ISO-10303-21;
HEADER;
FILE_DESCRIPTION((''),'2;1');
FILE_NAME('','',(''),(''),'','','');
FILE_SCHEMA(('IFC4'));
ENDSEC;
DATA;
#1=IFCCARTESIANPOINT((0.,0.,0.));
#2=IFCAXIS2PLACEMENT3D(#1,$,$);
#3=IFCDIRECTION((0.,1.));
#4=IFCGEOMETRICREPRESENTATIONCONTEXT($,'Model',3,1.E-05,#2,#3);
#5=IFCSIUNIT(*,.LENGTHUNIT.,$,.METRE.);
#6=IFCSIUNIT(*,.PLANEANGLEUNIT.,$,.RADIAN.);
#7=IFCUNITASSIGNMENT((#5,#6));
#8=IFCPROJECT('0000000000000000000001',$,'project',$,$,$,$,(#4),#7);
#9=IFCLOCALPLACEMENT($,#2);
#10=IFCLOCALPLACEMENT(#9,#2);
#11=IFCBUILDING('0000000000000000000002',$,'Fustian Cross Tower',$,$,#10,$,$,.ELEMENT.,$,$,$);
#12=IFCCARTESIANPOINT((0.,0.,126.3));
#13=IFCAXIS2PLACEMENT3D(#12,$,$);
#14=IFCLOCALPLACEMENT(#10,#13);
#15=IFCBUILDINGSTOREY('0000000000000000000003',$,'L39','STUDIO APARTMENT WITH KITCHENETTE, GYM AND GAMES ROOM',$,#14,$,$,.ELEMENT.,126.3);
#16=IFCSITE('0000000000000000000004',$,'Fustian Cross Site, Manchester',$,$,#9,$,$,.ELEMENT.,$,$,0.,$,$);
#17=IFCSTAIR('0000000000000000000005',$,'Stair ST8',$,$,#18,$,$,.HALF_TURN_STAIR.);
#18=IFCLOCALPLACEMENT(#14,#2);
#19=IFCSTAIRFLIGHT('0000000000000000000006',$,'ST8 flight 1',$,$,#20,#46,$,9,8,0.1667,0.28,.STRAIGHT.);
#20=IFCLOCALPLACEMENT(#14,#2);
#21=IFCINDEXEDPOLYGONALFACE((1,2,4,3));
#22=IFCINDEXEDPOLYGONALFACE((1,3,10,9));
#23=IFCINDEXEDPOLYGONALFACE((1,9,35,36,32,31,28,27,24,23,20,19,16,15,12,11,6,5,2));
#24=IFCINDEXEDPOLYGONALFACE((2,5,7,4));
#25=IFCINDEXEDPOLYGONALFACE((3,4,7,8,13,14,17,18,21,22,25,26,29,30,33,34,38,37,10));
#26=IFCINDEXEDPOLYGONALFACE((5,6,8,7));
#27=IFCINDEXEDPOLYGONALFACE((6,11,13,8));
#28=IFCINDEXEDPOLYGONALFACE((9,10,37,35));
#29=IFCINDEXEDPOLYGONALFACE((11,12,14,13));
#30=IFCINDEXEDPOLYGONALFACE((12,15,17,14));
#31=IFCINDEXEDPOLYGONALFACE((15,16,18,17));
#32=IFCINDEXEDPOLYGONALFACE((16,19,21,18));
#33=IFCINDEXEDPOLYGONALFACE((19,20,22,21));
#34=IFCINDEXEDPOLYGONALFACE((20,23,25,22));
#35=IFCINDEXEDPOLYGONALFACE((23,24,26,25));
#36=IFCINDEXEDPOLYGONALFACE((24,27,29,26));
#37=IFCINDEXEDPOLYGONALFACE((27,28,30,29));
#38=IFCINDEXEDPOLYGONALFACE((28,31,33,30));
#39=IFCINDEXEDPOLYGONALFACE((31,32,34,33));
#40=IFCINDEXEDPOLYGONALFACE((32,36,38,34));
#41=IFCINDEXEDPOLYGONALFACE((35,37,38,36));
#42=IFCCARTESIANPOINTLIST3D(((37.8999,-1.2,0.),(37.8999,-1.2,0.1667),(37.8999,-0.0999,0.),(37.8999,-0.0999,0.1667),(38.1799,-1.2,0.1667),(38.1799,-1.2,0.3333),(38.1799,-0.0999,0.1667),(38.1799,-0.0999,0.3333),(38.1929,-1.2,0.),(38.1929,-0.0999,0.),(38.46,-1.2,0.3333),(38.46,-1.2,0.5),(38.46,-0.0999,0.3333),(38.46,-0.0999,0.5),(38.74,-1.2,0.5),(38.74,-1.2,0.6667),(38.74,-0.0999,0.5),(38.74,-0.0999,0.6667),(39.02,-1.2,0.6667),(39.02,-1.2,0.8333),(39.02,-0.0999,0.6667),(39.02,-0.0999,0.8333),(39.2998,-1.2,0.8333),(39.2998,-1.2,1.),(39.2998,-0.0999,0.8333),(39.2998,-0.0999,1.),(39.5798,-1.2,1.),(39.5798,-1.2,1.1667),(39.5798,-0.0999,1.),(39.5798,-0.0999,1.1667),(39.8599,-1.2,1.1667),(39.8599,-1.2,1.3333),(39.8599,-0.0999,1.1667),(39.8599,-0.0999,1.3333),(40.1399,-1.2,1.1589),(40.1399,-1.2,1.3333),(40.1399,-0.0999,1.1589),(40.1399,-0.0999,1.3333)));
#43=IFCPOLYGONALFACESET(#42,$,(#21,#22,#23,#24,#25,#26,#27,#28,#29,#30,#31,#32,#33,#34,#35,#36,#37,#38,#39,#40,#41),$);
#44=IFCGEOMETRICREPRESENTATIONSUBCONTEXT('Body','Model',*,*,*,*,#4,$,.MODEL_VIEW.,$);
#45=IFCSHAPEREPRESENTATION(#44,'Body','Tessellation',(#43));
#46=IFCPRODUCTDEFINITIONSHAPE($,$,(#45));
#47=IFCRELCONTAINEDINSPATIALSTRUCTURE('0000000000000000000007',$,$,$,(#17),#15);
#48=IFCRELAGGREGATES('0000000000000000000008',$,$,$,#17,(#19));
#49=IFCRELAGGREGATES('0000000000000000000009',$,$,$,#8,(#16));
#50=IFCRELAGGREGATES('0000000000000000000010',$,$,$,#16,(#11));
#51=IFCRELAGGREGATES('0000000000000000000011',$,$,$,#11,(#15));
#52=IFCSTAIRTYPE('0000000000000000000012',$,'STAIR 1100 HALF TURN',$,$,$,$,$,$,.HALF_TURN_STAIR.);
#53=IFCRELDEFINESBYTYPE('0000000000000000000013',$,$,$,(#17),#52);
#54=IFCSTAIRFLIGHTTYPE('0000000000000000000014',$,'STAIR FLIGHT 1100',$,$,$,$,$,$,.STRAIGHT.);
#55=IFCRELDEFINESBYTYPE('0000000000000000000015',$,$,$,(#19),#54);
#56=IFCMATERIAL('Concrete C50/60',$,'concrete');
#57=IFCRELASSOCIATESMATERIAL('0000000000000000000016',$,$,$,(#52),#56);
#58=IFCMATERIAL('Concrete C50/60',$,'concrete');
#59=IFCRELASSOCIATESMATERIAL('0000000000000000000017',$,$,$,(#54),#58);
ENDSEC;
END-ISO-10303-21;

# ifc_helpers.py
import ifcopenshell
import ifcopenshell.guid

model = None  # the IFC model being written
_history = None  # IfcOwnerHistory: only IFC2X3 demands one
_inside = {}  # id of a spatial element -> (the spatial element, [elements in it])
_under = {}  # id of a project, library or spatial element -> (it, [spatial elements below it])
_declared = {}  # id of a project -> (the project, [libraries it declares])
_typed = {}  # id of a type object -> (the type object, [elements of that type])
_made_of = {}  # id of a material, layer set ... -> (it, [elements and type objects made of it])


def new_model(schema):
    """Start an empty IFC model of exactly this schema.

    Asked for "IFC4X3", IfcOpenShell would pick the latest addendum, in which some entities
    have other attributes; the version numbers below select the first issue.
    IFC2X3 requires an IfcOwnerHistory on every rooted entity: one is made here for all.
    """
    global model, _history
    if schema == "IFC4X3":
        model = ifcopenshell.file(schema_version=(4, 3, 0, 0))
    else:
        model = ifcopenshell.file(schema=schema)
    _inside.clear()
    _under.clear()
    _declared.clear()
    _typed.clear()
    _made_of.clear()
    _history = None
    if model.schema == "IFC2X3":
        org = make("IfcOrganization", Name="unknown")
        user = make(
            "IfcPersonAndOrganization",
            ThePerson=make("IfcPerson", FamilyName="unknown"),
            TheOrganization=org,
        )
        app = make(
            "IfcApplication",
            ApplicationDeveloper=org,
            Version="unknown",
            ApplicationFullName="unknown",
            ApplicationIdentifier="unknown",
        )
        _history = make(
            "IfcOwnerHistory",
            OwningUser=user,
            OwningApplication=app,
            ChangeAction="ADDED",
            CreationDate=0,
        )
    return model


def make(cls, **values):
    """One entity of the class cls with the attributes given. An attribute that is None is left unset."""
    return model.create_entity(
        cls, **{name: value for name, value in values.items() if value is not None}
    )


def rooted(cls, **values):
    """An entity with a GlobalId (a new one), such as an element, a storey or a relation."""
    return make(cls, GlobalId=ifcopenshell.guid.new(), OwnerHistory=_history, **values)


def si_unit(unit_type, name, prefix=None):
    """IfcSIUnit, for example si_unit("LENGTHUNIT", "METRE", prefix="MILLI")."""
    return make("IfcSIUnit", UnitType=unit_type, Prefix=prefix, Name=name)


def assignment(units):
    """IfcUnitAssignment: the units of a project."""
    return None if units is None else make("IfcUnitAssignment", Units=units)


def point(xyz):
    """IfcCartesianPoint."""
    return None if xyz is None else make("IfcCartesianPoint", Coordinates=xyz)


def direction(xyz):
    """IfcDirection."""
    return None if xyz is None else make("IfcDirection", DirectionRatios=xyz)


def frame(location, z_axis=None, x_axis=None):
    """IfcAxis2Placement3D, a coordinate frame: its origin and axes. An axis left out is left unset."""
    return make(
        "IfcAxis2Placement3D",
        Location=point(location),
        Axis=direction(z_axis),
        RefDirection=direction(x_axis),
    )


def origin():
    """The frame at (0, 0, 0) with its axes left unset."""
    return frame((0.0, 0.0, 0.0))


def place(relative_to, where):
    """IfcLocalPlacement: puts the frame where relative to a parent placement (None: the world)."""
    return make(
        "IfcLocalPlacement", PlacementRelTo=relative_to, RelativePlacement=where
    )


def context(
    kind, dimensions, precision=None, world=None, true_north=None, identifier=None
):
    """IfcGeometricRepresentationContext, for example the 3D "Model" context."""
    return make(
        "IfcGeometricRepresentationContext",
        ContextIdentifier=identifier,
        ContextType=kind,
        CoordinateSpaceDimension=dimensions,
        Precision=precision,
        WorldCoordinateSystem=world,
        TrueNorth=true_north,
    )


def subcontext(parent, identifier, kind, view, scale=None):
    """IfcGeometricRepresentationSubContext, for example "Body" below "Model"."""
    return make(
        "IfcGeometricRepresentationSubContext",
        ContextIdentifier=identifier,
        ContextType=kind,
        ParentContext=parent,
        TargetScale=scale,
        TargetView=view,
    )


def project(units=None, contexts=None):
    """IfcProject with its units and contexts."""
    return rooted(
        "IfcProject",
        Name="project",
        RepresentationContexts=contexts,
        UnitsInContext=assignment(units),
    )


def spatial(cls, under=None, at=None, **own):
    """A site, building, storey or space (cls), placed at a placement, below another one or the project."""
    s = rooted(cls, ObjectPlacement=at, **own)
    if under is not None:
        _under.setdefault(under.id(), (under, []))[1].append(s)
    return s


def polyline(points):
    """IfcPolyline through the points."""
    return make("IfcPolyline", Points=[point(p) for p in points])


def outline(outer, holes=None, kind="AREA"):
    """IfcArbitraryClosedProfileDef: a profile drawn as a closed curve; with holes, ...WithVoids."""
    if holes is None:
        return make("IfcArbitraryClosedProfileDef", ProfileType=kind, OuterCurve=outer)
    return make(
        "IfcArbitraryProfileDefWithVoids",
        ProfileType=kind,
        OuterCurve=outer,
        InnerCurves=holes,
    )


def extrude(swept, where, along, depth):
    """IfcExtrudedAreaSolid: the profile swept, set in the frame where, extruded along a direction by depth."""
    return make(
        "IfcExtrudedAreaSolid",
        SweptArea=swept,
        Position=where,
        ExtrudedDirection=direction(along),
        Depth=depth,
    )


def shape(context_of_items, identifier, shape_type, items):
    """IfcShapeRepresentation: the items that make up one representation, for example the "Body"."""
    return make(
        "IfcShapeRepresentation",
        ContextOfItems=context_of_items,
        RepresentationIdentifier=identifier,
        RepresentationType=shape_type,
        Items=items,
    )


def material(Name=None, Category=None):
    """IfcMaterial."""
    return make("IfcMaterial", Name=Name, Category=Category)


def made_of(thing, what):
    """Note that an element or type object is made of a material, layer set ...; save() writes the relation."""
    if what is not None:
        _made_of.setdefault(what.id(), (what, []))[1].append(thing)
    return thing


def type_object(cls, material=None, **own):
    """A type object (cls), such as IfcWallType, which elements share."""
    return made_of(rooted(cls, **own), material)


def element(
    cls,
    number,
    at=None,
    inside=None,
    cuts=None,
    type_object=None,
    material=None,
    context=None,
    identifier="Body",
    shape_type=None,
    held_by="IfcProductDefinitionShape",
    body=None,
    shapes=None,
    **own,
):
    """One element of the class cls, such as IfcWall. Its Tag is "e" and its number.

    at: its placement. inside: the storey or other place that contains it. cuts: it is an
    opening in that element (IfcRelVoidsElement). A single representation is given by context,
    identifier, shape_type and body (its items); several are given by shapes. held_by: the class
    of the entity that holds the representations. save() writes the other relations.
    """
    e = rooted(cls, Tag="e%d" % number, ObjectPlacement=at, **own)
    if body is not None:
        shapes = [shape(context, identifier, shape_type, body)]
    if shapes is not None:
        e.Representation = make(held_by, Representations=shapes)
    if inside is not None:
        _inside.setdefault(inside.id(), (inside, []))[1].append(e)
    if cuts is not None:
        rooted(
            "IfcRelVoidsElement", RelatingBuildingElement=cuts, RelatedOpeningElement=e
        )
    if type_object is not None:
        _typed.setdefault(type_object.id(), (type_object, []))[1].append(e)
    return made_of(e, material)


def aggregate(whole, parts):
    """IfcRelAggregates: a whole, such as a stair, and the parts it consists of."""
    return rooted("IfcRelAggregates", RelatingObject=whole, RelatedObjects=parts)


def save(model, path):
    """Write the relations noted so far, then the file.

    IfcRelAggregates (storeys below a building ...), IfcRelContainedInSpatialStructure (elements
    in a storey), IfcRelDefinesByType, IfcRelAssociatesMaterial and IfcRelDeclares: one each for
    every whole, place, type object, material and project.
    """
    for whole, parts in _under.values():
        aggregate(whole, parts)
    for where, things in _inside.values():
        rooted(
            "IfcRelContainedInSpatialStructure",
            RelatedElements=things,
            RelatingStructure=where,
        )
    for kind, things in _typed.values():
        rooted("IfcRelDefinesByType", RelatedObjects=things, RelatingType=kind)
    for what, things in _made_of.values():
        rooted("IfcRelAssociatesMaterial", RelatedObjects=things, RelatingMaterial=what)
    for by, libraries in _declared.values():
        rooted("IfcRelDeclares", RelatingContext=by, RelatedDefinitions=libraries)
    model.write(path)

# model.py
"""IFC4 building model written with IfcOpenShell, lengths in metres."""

from ifc_helpers import new_model, si_unit, direction, frame, origin, place, context, subcontext, project, spatial, polyline, outline, extrude, material, type_object, element, aggregate, save


model = new_model("IFC4")

# Units and contexts
model_context = context("Model", 3, precision=1e-05, world=origin(), true_north=direction((0.0, 1.0)))
body_context = subcontext(model_context, "Body", "Model", "MODEL_VIEW")
ifc_project = project(units=[si_unit("LENGTHUNIT", "METRE"), si_unit("PLANEANGLEUNIT", "RADIAN")], contexts=[model_context])

# Site, building, storey
site_placement = place(None, origin())
site = spatial("IfcSite", under=ifc_project, at=site_placement, Name="Fustian Cross Site, Manchester", CompositionType="ELEMENT", RefElevation=0.0)
building_placement = place(site_placement, origin())
building = spatial("IfcBuilding", under=site, at=building_placement, Name="Fustian Cross Tower", CompositionType="ELEMENT")
storey_placement = place(building_placement, frame((0.0, 0.0, 126.3)))
storey = spatial("IfcBuildingStorey", under=building, at=storey_placement, Name="L39", Description="STUDIO APARTMENT WITH KITCHENETTE, GYM AND GAMES ROOM", CompositionType="ELEMENT", Elevation=126.3)

# Stair, stair flight
ifc_material_1 = material(Name="Concrete C50/60", Category="concrete")
stair_type = type_object("IfcStairType", Name="STAIR 1100 HALF TURN", PredefinedType="HALF_TURN_STAIR", material=ifc_material_1)
stair_placement = place(storey_placement, origin())
stair = element("IfcStair", 1, at=stair_placement, inside=storey, type_object=stair_type, Name="Stair ST8", PredefinedType="HALF_TURN_STAIR")
ifc_material_2 = material(Name="Concrete C50/60", Category="concrete")
stair_flight_type = type_object("IfcStairFlightType", Name="STAIR FLIGHT 1100", PredefinedType="STRAIGHT", material=ifc_material_2)
stair_flight_placement = place(storey_placement, frame((37.8999, -0.6499, 0.0), z_axis=(0.0, 0.0, 1.0), x_axis=(1.0, 0.0, 0.0)))
stair_flight = element("IfcStairFlight", 2, at=stair_flight_placement, type_object=stair_flight_type, Name="ST8 flight 1", NumberOfRisers=9, NumberOfTreads=8, PredefinedType="STRAIGHT", RiserHeight=0.1667, TreadLength=0.28, context=body_context, shape_type="SweptSolid", body=[
    extrude(outline(polyline([(0.0, 0.0), (0.0, 0.1667), (0.28, 0.1667), (0.28, 0.3333), (0.5601, 0.3333), (0.5601, 0.5), (0.8401, 0.5), (0.8401, 0.6667), (1.1201, 0.6667), (1.1201, 0.8333), (1.3999, 0.8333), (1.3999, 1.0), (1.6799, 1.0), (1.6799, 1.1667), (1.96, 1.1667), (1.96, 1.3333), (2.24, 1.3333), (2.24, 1.5), (2.24, 1.1589), (0.293, 0.0), (0.0, 0.0)])), frame((0.0, 0.55, 0.0), z_axis=(0.0, -1.0, 0.0), x_axis=(1.0, 0.0, 0.0)), (0.0, 0.0, 1.0), 1.1001),
])
aggregate(stair, [stair_flight])

save(model, "model.ifc")
